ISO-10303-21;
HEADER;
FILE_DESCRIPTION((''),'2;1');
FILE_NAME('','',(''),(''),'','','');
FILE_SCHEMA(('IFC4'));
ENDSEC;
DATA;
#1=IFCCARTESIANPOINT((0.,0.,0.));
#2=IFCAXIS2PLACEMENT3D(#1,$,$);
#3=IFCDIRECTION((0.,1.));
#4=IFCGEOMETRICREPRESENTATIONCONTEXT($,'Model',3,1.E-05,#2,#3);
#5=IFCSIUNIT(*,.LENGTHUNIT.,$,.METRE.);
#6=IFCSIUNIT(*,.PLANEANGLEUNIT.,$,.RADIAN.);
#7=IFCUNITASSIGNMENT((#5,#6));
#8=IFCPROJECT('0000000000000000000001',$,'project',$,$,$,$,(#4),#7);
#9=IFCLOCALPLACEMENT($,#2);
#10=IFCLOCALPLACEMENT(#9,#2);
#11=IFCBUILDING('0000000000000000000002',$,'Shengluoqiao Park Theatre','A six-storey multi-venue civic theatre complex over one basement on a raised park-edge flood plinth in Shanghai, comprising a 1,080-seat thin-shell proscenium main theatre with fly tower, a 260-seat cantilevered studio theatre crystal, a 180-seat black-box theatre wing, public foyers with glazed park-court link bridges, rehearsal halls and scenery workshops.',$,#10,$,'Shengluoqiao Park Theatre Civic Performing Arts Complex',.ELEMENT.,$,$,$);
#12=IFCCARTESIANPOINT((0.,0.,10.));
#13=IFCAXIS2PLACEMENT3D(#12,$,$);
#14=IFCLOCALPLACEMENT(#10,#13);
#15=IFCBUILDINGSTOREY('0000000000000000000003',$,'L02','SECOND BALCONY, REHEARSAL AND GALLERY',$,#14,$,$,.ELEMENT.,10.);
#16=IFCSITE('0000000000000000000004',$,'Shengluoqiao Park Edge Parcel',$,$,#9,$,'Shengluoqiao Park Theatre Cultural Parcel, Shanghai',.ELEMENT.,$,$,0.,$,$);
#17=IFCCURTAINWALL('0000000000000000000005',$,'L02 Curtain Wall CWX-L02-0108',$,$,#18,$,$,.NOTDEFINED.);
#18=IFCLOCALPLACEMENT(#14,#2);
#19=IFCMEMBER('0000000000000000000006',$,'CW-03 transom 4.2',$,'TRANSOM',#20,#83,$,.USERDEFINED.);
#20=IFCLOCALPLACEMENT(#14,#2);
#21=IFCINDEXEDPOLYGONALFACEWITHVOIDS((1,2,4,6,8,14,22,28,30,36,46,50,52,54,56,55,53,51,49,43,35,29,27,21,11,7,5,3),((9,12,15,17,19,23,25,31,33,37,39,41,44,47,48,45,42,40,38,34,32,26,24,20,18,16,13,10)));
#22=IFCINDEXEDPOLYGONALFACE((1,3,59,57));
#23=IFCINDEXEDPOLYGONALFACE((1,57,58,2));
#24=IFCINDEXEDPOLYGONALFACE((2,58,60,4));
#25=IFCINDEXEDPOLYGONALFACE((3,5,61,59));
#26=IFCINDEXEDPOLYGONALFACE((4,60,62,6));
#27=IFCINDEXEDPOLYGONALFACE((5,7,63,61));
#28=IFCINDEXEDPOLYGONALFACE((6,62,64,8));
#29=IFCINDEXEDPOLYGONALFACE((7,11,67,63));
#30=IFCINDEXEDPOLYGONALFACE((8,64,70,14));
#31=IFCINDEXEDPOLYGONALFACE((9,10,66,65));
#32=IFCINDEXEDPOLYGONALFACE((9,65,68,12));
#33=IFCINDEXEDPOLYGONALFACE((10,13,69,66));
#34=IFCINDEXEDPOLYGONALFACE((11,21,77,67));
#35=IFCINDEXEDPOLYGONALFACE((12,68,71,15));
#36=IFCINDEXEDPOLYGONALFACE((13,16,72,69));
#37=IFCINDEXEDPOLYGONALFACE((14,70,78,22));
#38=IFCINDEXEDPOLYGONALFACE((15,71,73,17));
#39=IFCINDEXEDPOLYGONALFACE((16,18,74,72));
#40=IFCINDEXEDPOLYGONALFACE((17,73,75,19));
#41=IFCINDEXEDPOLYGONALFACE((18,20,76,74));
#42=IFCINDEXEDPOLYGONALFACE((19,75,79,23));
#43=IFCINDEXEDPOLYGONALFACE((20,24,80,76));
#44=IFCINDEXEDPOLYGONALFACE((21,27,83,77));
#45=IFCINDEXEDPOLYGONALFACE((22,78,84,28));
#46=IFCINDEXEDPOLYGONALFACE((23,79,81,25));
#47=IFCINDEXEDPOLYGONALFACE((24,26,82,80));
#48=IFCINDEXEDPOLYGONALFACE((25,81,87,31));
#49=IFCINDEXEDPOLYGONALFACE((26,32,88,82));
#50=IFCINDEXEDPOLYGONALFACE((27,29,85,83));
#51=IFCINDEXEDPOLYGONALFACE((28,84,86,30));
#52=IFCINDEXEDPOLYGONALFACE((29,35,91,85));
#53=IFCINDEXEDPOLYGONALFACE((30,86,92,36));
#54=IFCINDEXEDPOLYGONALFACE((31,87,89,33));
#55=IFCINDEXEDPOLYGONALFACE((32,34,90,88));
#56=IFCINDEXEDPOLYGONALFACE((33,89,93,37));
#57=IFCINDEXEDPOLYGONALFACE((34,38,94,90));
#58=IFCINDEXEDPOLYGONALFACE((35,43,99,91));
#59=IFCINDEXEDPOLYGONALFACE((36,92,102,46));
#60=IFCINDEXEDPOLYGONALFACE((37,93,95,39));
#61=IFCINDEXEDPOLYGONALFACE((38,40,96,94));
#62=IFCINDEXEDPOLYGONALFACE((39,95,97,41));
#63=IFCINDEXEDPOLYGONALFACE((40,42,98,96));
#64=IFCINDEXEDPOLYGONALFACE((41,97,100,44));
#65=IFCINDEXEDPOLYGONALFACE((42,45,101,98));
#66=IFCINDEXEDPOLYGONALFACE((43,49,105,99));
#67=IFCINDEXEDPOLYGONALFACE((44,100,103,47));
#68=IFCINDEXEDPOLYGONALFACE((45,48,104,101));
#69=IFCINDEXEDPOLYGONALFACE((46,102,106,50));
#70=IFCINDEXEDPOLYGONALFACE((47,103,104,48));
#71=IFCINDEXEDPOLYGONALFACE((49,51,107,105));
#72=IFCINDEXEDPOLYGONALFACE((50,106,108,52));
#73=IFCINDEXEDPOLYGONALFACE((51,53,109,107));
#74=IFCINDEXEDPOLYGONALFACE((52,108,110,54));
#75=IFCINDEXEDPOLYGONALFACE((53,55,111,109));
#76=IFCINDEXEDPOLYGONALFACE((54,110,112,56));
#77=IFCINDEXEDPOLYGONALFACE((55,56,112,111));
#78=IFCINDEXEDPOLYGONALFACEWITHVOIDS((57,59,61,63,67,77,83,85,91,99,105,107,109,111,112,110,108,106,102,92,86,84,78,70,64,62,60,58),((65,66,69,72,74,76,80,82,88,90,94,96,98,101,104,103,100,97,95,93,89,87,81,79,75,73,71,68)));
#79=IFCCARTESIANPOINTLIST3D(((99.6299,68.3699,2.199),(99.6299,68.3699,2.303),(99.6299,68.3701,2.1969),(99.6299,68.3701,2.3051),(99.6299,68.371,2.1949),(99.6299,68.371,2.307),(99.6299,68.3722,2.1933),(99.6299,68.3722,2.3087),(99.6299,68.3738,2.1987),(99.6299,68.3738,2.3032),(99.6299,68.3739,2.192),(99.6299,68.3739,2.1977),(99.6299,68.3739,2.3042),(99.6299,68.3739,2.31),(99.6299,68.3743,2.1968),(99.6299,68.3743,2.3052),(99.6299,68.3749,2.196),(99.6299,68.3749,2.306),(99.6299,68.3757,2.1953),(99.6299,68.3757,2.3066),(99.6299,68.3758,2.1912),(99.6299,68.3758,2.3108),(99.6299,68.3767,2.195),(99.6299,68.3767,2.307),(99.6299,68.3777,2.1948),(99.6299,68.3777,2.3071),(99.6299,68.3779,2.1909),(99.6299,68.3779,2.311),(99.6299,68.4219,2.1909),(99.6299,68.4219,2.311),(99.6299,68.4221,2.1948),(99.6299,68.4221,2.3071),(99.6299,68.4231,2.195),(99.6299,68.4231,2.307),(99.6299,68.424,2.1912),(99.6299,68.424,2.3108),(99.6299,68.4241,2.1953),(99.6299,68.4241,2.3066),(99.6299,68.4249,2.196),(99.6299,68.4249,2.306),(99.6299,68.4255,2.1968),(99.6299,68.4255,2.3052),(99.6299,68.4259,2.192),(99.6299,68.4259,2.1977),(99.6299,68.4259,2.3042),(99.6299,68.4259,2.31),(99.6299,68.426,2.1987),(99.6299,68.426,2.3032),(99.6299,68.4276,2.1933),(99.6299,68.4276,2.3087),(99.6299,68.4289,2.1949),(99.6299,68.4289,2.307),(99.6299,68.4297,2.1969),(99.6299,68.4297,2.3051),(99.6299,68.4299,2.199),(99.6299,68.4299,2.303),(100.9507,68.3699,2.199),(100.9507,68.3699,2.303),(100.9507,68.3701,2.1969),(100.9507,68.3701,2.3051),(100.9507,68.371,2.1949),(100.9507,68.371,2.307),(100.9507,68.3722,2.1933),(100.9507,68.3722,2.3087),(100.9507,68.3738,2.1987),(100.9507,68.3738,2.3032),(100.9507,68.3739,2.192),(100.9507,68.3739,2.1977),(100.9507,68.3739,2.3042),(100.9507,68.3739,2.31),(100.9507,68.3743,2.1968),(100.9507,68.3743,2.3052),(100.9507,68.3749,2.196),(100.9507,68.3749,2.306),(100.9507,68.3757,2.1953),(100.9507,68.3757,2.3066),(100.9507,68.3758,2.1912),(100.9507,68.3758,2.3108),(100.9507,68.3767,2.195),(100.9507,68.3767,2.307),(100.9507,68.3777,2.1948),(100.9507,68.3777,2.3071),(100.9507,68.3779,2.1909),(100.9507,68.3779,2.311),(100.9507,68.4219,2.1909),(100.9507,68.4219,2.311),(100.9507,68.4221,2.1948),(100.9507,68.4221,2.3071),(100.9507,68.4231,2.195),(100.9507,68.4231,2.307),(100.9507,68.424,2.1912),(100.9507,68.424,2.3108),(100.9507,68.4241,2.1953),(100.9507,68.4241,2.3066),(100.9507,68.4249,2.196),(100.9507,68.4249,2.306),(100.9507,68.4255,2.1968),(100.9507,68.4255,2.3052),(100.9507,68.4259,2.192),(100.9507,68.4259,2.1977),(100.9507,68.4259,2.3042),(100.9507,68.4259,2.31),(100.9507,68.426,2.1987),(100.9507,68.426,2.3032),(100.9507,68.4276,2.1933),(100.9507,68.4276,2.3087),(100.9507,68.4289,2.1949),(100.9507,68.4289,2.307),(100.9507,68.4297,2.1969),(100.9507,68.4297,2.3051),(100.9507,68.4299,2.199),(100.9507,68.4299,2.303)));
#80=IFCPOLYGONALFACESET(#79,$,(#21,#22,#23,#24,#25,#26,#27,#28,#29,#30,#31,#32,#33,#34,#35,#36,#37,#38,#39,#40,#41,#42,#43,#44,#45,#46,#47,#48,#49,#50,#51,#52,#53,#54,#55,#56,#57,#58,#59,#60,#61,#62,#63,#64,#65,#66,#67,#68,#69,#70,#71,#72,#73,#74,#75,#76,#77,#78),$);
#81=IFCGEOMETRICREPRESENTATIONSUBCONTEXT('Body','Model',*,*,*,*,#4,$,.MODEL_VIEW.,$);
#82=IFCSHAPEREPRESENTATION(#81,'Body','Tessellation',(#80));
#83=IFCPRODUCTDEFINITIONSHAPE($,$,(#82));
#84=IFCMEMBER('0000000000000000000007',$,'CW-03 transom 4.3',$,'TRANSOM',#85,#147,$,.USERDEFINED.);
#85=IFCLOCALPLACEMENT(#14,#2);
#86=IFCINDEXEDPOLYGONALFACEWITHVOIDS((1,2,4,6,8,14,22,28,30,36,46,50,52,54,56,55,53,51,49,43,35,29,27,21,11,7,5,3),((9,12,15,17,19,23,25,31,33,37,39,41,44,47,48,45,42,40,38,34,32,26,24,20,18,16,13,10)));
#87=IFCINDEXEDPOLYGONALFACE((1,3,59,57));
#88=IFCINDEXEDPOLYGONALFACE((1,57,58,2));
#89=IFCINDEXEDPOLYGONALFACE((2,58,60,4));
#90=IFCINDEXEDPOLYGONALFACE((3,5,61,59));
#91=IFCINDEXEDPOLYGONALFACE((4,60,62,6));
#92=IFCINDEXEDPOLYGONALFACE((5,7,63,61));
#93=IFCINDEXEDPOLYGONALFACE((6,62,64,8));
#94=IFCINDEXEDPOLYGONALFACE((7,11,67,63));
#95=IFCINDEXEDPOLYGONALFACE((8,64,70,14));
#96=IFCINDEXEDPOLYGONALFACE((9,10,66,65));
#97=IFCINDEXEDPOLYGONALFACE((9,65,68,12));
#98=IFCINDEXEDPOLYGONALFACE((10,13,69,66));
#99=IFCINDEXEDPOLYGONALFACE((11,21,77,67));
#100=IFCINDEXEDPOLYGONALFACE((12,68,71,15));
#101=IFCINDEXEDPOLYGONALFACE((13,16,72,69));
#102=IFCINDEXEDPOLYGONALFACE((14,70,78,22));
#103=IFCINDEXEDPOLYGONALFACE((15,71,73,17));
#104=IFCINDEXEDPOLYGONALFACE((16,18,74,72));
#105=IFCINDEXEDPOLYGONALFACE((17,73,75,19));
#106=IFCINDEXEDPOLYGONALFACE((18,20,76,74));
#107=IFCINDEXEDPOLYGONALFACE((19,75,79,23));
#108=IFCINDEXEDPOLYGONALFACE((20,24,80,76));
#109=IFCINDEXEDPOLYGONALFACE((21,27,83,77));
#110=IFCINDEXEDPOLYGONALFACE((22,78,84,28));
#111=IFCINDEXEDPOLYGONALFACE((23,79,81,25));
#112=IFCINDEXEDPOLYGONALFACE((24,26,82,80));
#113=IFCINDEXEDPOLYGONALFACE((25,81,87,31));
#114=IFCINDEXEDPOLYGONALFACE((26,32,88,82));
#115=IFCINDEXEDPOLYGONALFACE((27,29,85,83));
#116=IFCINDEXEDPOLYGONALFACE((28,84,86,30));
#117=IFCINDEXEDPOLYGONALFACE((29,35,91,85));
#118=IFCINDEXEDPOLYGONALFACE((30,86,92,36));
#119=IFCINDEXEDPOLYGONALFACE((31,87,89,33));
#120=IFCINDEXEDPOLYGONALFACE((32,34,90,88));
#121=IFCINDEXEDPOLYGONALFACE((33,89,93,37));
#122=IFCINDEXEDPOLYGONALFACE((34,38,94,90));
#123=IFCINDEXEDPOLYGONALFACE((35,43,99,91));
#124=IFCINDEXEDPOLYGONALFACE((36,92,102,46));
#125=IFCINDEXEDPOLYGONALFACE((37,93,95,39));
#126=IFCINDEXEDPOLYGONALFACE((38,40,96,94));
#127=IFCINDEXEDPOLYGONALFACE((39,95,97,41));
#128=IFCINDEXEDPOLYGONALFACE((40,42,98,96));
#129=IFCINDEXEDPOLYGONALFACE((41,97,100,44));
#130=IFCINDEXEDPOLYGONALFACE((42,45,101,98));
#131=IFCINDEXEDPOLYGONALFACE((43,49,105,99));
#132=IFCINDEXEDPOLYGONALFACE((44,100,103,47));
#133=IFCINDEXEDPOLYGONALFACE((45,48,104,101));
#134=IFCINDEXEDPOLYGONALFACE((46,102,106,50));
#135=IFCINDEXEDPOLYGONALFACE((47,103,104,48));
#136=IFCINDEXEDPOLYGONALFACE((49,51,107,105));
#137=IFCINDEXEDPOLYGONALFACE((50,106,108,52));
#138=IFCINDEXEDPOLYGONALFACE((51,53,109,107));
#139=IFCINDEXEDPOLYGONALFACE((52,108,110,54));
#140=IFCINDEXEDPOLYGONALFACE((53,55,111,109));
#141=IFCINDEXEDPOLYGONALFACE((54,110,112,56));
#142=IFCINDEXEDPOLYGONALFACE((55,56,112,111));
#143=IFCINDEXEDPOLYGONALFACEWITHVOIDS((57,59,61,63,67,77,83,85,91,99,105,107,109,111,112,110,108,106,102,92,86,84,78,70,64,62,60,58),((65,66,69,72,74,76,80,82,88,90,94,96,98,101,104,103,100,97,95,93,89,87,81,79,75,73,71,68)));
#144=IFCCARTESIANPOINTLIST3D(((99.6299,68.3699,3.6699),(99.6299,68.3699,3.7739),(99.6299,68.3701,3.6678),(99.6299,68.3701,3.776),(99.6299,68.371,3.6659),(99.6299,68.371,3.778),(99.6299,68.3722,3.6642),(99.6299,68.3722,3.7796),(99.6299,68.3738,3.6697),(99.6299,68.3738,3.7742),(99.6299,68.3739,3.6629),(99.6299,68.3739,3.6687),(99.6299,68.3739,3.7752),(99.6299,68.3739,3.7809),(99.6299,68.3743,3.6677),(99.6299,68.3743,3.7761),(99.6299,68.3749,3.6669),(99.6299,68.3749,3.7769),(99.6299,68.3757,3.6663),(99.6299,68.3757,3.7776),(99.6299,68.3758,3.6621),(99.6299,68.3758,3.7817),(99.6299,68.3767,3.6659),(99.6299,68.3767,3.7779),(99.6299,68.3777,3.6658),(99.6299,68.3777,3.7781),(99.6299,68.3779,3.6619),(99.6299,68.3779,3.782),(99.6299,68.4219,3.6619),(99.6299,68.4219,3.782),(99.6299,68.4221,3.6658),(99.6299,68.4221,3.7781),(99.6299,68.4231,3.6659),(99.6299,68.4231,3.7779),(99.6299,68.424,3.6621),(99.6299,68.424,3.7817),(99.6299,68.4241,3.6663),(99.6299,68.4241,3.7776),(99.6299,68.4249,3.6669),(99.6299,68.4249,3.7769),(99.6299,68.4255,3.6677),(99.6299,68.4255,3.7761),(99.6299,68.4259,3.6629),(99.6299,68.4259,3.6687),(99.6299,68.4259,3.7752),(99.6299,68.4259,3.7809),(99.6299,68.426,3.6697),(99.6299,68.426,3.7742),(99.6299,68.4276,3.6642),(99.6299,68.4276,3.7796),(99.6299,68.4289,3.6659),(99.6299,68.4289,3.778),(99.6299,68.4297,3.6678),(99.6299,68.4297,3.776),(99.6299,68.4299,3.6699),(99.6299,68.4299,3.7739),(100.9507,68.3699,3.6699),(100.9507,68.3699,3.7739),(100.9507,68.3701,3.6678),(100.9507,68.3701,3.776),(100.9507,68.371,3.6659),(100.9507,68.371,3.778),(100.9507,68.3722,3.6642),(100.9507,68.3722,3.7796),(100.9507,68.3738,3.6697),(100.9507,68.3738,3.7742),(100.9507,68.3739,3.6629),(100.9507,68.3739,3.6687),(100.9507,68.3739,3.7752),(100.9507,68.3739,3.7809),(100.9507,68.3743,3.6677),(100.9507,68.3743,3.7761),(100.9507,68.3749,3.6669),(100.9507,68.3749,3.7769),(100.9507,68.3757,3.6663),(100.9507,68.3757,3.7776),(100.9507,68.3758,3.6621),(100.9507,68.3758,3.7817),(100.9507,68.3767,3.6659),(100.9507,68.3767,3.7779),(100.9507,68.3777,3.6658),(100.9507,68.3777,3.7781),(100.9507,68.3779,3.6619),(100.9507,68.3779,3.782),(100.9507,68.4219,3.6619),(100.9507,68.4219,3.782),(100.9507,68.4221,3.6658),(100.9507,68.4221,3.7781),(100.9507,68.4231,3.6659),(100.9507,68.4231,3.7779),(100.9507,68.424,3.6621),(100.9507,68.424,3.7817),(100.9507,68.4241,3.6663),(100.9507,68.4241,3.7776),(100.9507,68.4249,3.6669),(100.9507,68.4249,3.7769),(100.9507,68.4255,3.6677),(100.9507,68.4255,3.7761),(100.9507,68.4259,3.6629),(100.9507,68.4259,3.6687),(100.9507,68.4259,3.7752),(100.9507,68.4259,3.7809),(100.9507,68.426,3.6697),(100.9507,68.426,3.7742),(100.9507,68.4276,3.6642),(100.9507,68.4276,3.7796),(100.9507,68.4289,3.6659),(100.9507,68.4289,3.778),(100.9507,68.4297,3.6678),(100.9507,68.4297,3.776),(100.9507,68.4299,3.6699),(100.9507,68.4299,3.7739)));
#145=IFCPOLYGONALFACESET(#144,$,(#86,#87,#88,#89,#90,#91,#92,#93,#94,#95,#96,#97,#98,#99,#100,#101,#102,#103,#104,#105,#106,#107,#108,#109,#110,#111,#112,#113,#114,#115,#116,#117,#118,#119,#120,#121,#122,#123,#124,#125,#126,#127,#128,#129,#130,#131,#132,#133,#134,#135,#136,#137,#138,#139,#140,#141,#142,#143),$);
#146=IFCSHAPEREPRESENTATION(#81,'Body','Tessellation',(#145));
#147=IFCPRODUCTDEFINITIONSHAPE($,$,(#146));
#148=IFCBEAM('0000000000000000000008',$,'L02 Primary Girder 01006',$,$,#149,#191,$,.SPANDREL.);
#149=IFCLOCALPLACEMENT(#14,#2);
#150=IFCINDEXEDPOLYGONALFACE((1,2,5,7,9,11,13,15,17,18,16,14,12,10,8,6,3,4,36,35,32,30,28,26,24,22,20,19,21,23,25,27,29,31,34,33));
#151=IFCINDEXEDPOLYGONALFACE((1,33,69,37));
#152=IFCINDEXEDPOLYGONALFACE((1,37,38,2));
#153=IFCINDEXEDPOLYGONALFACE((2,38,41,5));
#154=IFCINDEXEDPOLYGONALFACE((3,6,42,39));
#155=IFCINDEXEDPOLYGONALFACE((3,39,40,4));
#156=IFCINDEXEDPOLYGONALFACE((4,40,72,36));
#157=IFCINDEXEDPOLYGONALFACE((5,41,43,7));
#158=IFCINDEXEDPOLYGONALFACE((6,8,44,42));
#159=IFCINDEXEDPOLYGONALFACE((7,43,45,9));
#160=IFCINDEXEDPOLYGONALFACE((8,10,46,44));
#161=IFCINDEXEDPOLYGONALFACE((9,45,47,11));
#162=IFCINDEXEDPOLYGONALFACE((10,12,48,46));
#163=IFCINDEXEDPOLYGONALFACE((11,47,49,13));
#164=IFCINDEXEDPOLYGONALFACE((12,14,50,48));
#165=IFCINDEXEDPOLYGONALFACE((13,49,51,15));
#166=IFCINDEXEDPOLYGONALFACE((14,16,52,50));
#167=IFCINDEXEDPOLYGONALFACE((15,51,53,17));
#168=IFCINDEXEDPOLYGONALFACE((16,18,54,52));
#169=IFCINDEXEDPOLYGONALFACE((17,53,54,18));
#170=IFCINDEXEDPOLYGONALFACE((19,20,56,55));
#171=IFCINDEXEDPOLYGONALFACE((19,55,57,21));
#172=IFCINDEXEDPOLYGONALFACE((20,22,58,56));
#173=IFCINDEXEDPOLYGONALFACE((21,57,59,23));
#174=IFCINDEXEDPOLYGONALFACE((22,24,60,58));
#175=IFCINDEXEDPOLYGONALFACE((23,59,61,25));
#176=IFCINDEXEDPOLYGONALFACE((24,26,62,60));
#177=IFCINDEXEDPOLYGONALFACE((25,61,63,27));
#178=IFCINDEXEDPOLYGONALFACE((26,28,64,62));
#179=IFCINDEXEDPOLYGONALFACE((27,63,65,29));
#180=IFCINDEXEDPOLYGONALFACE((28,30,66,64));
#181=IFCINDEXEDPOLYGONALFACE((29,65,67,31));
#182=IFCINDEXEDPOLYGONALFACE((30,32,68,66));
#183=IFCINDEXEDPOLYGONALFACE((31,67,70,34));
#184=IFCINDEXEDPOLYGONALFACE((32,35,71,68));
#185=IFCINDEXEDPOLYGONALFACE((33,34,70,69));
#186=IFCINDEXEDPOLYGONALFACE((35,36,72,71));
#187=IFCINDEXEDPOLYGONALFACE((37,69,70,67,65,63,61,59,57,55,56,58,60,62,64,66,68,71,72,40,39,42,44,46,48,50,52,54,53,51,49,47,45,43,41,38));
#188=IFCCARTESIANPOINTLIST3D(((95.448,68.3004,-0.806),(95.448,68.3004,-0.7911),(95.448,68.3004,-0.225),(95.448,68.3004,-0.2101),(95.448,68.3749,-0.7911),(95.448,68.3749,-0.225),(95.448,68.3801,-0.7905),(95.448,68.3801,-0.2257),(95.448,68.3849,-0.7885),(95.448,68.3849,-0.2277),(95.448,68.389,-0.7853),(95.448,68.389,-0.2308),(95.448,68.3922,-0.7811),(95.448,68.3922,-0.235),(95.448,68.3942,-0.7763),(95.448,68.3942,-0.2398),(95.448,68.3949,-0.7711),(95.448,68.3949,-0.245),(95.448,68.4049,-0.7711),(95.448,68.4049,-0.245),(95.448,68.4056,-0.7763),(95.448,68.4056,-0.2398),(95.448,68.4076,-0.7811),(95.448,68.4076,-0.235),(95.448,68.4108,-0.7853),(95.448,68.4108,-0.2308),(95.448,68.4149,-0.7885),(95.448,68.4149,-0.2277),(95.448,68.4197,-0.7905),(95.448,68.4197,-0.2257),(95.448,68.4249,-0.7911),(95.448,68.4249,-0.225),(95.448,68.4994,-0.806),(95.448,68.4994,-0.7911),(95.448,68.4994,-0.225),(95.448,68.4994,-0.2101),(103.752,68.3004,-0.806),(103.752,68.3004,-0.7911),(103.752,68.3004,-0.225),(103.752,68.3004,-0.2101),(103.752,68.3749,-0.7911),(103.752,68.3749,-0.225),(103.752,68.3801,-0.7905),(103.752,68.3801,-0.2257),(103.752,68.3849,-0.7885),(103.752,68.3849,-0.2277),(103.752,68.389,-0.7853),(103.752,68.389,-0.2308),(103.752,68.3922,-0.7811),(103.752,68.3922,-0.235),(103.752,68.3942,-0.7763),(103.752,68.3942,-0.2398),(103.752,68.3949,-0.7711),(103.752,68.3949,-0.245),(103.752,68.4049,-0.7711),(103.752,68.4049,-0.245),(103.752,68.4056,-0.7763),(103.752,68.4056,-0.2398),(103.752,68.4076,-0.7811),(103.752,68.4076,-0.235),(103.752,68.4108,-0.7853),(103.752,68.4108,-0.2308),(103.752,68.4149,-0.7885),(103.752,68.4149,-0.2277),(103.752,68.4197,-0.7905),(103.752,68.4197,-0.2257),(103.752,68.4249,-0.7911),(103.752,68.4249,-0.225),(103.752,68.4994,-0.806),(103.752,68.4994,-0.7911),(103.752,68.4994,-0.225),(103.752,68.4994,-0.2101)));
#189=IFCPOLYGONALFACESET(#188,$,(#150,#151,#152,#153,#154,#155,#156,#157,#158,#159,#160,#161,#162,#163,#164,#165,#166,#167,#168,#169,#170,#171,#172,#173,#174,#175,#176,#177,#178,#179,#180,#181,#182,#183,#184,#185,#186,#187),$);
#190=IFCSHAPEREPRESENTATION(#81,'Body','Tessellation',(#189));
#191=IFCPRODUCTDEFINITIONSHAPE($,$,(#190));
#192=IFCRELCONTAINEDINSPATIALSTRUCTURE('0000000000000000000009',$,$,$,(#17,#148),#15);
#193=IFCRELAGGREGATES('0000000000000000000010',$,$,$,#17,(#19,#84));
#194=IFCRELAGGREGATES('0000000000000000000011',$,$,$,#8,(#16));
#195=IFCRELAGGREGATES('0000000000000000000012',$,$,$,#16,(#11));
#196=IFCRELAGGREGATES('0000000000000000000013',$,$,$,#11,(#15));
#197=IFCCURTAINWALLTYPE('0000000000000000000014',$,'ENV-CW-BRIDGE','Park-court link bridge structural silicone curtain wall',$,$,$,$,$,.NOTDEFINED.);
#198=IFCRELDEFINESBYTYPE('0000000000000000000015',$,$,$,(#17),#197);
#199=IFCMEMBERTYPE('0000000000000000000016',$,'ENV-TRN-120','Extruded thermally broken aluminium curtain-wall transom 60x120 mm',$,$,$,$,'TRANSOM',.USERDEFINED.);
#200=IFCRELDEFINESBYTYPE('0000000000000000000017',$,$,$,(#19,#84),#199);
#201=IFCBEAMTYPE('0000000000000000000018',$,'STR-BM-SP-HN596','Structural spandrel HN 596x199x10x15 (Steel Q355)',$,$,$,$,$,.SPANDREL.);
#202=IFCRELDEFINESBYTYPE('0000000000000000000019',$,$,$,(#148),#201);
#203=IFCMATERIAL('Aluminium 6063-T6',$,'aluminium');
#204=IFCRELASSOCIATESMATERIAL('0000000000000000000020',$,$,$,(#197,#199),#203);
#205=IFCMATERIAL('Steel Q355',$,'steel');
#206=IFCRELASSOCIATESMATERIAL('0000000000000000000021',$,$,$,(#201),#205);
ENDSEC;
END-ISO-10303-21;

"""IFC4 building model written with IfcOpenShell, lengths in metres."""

from ifc_helpers import new_model, si_unit, direction, frame, origin, origin_2d, place, context, subcontext, project, spatial, hollow_rectangle, i_section, extrude, material, material_profile, profile_set, type_object, element, aggregate, save


model = new_model("IFC4")

# Units and contexts
model_context = context("Model", 3, precision=1e-05, world=origin(), true_north=direction((0.0, 1.0)))
body_context = subcontext(model_context, "Body", "Model", "MODEL_VIEW")
ifc_project = project(units=[si_unit("LENGTHUNIT", "METRE"), si_unit("PLANEANGLEUNIT", "RADIAN")], contexts=[model_context])

# Site, building, storey
site_placement = place(None, origin())
site = spatial("IfcSite", under=ifc_project, at=site_placement, Name="Shengluoqiao Park Edge Parcel", LongName="Shengluoqiao Park Theatre Cultural Parcel, Shanghai", CompositionType="ELEMENT", RefElevation=0.0)
building_placement = place(site_placement, origin())
building = spatial("IfcBuilding", under=site, at=building_placement, Name="Shengluoqiao Park Theatre", Description="A six-storey multi-venue civic theatre complex over one basement on a raised park-edge flood plinth in Shanghai, comprising a 1,080-seat thin-shell proscenium main theatre with fly tower, a 260-seat cantilevered studio theatre crystal, a 180-seat black-box theatre wing, public foyers with glazed park-court link bridges, rehearsal halls and scenery workshops.", LongName="Shengluoqiao Park Theatre Civic Performing Arts Complex", CompositionType="ELEMENT")
storey_placement = place(building_placement, frame((0.0, 0.0, 10.0)))
storey = spatial("IfcBuildingStorey", under=building, at=storey_placement, Name="L02", Description="SECOND BALCONY, REHEARSAL AND GALLERY", CompositionType="ELEMENT", Elevation=10.0)

# Curtain wall, members
ifc_material_1 = material(Name="Aluminium 6063-T6", Category="aluminium")
curtain_wall_type = type_object("IfcCurtainWallType", Name="ENV-CW-BRIDGE", Description="Park-court link bridge structural silicone curtain wall", PredefinedType="NOTDEFINED", material=ifc_material_1)
curtain_wall_placement = place(storey_placement, origin())
curtain_wall = element("IfcCurtainWall", 1, at=curtain_wall_placement, inside=storey, type_object=curtain_wall_type, Name="L02 Curtain Wall CWX-L02-0108", PredefinedType="NOTDEFINED")
ifc_material_profile_1 = material_profile(ifc_material_1, hollow_rectangle(XDim=0.0601, YDim=0.1201, WallThickness=0.0039, InnerFilletRadius=0.0039, OuterFilletRadius=0.0081, at=origin_2d()), Name="ALU TRANSOM 120x60x4")
ifc_profile_set_1 = profile_set([ifc_material_profile_1], Name="Aluminium 6063-T6")
member_type_1 = type_object("IfcMemberType", Name="ENV-TRN-120", Description="Extruded thermally broken aluminium curtain-wall transom 60x120 mm", ElementType="TRANSOM", PredefinedType="USERDEFINED", material=ifc_profile_set_1)
member_1_placement = place(storey_placement, frame((99.6299, 68.3999, 2.251), z_axis=(1.0, 0.0, 0.0), x_axis=(0.0, 1.0, 0.0)))
member_1 = element("IfcMember", 2, at=member_1_placement, type_object=member_type_1, Name="CW-03 transom 4.2", ObjectType="TRANSOM", PredefinedType="USERDEFINED", context=body_context, shape_type="SweptSolid", body=[
    extrude(hollow_rectangle(XDim=0.0601, YDim=0.1201, WallThickness=0.0039, InnerFilletRadius=0.0039, OuterFilletRadius=0.0081, at=origin_2d()), origin(), (0.0, 0.0, 1.0), 1.3208),
])
member_2_placement = place(storey_placement, frame((99.6299, 68.3999, 3.7219), z_axis=(1.0, 0.0, 0.0), x_axis=(0.0, 1.0, 0.0)))
member_2 = element("IfcMember", 3, at=member_2_placement, type_object=member_type_1, Name="CW-03 transom 4.3", ObjectType="TRANSOM", PredefinedType="USERDEFINED", context=body_context, shape_type="SweptSolid", body=[
    extrude(hollow_rectangle(XDim=0.0601, YDim=0.1201, WallThickness=0.0039, InnerFilletRadius=0.0039, OuterFilletRadius=0.0081, at=origin_2d()), origin(), (0.0, 0.0, 1.0), 1.3208),
])

# Beam
ifc_material_2 = material(Name="Steel Q355", Category="steel")
ifc_material_profile_2 = material_profile(ifc_material_2, i_section(OverallWidth=0.199, OverallDepth=0.5959, WebThickness=0.01, FlangeThickness=0.0149, FilletRadius=0.02, at=origin_2d()), Name="HN 596x199x10x15")
ifc_profile_set_2 = profile_set([ifc_material_profile_2], Name="Steel Q355")
beam_type = type_object("IfcBeamType", Name="STR-BM-SP-HN596", Description="Structural spandrel HN 596x199x10x15 (Steel Q355)", PredefinedType="SPANDREL", material=ifc_profile_set_2)
beam_placement = place(storey_placement, frame((95.448, 68.3999, -0.5081), z_axis=(1.0, 0.0, 0.0), x_axis=(0.0, 1.0, 0.0)))
element("IfcBeam", 4, at=beam_placement, inside=storey, type_object=beam_type, Name="L02 Primary Girder 01006", PredefinedType="SPANDREL", context=body_context, shape_type="SweptSolid", body=[
    extrude(i_section(OverallWidth=0.199, OverallDepth=0.5959, WebThickness=0.01, FlangeThickness=0.0149, FilletRadius=0.02, at=origin_2d()), origin(), (0.0, 0.0, 1.0), 8.304),
])

aggregate(curtain_wall, [member_1, member_2])

save(model, "model.ifc")
